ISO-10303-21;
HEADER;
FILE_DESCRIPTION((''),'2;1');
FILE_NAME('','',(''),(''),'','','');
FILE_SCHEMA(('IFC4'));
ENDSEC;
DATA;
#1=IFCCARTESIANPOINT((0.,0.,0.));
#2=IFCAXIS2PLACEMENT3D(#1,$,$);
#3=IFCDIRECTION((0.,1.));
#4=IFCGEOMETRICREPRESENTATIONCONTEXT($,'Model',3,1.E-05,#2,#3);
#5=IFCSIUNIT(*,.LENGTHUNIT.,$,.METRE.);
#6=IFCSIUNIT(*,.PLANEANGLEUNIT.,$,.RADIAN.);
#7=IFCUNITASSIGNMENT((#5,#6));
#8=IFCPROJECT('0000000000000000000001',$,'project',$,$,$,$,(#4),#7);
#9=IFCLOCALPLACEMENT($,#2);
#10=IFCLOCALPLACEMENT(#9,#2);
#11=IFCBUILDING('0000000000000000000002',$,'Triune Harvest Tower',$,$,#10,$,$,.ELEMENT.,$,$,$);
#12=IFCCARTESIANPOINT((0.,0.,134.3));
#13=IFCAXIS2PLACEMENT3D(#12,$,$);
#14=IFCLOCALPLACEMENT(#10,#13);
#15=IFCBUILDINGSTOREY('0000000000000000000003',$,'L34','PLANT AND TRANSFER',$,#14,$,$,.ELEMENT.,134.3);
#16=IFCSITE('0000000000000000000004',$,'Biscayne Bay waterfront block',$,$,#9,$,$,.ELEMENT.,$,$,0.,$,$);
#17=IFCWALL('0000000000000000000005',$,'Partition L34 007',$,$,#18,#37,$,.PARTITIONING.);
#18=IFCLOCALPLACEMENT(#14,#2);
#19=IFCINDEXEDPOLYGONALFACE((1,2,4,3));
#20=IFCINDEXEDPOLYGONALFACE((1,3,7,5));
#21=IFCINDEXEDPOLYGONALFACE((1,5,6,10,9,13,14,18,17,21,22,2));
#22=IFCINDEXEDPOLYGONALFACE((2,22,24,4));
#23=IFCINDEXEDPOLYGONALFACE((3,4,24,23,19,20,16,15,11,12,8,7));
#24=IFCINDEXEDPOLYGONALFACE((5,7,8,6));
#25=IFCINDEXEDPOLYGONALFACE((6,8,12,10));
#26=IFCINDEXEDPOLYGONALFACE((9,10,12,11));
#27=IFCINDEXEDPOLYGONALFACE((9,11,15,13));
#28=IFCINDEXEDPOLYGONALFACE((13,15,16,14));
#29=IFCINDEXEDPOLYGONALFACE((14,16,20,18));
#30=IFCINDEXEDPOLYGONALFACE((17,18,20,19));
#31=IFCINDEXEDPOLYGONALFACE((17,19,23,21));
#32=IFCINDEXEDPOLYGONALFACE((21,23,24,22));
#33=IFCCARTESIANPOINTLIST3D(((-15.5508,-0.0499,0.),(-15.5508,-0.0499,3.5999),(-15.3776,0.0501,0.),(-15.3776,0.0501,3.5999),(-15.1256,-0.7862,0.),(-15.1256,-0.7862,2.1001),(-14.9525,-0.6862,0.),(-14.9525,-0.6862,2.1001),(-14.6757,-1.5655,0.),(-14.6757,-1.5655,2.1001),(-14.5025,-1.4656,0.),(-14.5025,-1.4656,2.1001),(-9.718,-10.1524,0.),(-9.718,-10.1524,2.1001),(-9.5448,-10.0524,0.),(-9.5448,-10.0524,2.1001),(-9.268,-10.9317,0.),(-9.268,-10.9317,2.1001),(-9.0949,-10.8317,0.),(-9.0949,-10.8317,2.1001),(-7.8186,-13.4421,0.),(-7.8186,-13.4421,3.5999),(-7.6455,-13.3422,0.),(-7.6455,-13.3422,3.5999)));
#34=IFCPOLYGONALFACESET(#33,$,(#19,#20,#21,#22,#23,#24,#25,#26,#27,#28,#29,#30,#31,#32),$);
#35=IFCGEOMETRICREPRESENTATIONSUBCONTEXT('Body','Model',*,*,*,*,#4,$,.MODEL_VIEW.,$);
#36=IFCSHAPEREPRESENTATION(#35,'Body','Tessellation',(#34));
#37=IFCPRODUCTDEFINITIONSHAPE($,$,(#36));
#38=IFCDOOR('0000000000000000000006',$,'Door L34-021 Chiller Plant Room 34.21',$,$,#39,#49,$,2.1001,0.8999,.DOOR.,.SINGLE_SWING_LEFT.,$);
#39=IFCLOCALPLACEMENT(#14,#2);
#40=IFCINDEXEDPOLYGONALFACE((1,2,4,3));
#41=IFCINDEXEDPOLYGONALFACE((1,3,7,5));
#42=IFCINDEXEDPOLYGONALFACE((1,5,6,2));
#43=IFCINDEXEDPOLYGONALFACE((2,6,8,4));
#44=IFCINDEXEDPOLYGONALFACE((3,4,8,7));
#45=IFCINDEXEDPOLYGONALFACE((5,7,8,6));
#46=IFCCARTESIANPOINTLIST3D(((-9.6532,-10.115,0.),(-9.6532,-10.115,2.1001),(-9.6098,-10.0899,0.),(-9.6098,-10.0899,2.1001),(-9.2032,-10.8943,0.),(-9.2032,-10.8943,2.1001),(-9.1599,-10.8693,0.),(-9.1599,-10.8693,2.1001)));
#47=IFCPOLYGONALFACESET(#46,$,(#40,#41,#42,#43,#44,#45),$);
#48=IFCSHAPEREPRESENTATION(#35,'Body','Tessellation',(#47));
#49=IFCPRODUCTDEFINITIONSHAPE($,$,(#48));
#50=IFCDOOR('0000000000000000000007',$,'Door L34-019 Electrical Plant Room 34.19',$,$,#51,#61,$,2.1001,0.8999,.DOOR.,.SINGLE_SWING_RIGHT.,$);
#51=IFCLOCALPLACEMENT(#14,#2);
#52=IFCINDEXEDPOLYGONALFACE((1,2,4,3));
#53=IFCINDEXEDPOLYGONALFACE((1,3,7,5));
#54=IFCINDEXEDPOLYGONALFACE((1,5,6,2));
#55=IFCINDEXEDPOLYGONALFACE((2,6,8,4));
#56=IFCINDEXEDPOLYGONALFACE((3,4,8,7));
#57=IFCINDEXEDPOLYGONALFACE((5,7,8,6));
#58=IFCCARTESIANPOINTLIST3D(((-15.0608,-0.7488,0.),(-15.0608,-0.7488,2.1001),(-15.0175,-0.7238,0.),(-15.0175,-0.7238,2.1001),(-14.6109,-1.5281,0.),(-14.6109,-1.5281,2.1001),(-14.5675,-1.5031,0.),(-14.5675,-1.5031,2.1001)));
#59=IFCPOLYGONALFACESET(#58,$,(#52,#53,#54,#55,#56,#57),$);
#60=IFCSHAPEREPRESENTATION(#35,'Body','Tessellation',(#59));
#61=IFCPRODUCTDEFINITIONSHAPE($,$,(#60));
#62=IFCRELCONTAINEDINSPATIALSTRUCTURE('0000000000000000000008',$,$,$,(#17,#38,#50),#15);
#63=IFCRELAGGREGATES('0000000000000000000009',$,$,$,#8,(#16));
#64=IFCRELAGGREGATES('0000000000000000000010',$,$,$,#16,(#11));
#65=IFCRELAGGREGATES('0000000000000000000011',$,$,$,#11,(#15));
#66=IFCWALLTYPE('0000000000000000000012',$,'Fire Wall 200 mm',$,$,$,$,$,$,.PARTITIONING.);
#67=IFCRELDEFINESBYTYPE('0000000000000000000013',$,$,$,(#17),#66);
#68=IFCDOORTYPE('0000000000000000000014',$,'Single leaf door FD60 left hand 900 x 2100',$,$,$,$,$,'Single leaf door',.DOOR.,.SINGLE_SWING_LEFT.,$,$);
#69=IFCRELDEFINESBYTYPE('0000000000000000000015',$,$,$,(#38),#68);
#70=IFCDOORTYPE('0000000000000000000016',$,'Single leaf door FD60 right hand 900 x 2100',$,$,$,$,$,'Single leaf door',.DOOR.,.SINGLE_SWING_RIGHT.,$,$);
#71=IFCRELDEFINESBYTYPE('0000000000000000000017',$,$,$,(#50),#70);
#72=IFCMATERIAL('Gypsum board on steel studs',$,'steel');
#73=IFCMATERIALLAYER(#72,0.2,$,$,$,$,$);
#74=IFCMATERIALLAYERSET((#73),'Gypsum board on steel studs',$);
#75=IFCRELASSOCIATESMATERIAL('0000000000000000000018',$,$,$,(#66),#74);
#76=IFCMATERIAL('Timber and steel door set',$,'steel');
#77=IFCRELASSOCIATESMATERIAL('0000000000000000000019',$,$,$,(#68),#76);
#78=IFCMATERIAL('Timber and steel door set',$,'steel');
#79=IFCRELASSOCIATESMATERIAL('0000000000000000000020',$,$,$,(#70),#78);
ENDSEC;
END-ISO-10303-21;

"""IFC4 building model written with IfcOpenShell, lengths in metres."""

from ifc_helpers import new_model, si_unit, direction, frame, frame_2d, origin, place, context, subcontext, project, spatial, rectangle, extrude, source, transform, mapped, material, layer, layer_set, type_object, element, fill, save


model = new_model("IFC4")

# Units and contexts
model_context = context("Model", 3, precision=1e-05, world=origin(), true_north=direction((0.0, 1.0)))
body_context = subcontext(model_context, "Body", "Model", "MODEL_VIEW")
ifc_project = project(units=[si_unit("LENGTHUNIT", "METRE"), si_unit("PLANEANGLEUNIT", "RADIAN")], contexts=[model_context])

# Site, building, storey
site_placement = place(None, origin())
site = spatial("IfcSite", under=ifc_project, at=site_placement, Name="Biscayne Bay waterfront block", CompositionType="ELEMENT", RefElevation=0.0)
building_placement = place(site_placement, origin())
building = spatial("IfcBuilding", under=site, at=building_placement, Name="Triune Harvest Tower", CompositionType="ELEMENT")
storey_placement = place(building_placement, frame((0.0, 0.0, 134.3)))
storey = spatial("IfcBuildingStorey", under=building, at=storey_placement, Name="L34", Description="PLANT AND TRANSFER", CompositionType="ELEMENT", Elevation=134.3)

# Shared definitions
ifc_material_1 = material(Name="Gypsum board on steel studs", Category="steel")
ifc_layer_1 = layer(ifc_material_1, 0.2)
ifc_layer_set_1 = layer_set([ifc_layer_1], Name="Gypsum board on steel studs")
wall_type_1 = type_object("IfcWallType", Name="Fire Wall 200 mm", PredefinedType="PARTITIONING", material=ifc_layer_set_1)

# Shared definitions
ifc_material_2 = material(Name="Timber and steel door set", Category="steel")
door_type_1 = type_object("IfcDoorType", Name="Single leaf door FD60 left hand 900 x 2100", ElementType="Single leaf door", OperationType="SINGLE_SWING_LEFT", PredefinedType="DOOR", material=ifc_material_2)

# Wall, openings, doors
shared_shape_1 = source(origin(), body_context, "Body", "SweptSolid", [
    extrude(rectangle(XDim=15.4641, YDim=0.2, at=frame_2d((7.7319, 0.0))), origin(), (0.0, 0.0, 1.0), 3.5999),
])
wall_1_placement = place(storey_placement, frame((-15.4641, 0.0, 0.0), z_axis=(0.0, 0.0, 1.0), x_axis=(0.500005, -0.866022, 0.0)))
wall_1 = element("IfcWall", 1, at=wall_1_placement, inside=storey, type_object=wall_type_1, Name="Partition L34 007", PredefinedType="PARTITIONING", context=body_context, shape_type="MappedRepresentation", body=[
    mapped(shared_shape_1, transform((0.0, 0.0, 0.0), scale=1.0)),
])
opening_1_placement = place(wall_1_placement, frame((0.8501, 0.0, 0.0)))
opening_1 = element("IfcOpeningElement", 2, at=opening_1_placement, cuts=wall_1, PredefinedType="OPENING", context=body_context, shape_type="SweptSolid", body=[
    extrude(rectangle(XDim=0.8999, YDim=2.1001, at=frame_2d((0.45, 1.05))), frame((0.0, 0.1099, 0.0), z_axis=(0.0, -1.0, 0.0), x_axis=(1.0, 0.0, 0.0)), (0.0, 0.0, 1.0), 0.22),
])
opening_2_placement = place(wall_1_placement, frame((11.6653, 0.0, 0.0)))
opening_2 = element("IfcOpeningElement", 3, at=opening_2_placement, cuts=wall_1, PredefinedType="OPENING", context=body_context, shape_type="SweptSolid", body=[
    extrude(rectangle(XDim=0.8999, YDim=2.1001, at=frame_2d((0.45, 1.05))), frame((0.0, 0.1099, 0.0), z_axis=(0.0, -1.0, 0.0), x_axis=(1.0, 0.0, 0.0)), (0.0, 0.0, 1.0), 0.22),
])
door_1_placement = place(opening_2_placement, origin())
door_1 = element("IfcDoor", 4, at=door_1_placement, inside=storey, type_object=door_type_1, Name="Door L34-021 Chiller Plant Room 34.21", OperationType="SINGLE_SWING_LEFT", OverallHeight=2.1001, OverallWidth=0.8999, PredefinedType="DOOR", context=body_context, shape_type="SweptSolid", body=[
    extrude(rectangle(XDim=0.8999, YDim=2.1001, at=frame_2d((0.45, 1.05))), frame((0.0, 0.0249, 0.0), z_axis=(0.0, -1.0, 0.0), x_axis=(1.0, 0.0, 0.0)), (0.0, 0.0, 1.0), 0.05),
])
fill(opening_2, door_1)
ifc_material_3 = material(Name="Timber and steel door set", Category="steel")
door_type_2 = type_object("IfcDoorType", Name="Single leaf door FD60 right hand 900 x 2100", ElementType="Single leaf door", OperationType="SINGLE_SWING_RIGHT", PredefinedType="DOOR", material=ifc_material_3)
door_2_placement = place(opening_1_placement, origin())
door_2 = element("IfcDoor", 5, at=door_2_placement, inside=storey, type_object=door_type_2, Name="Door L34-019 Electrical Plant Room 34.19", OperationType="SINGLE_SWING_RIGHT", OverallHeight=2.1001, OverallWidth=0.8999, PredefinedType="DOOR", context=body_context, shape_type="SweptSolid", body=[
    extrude(rectangle(XDim=0.8999, YDim=2.1001, at=frame_2d((0.45, 1.05))), frame((0.0, 0.0249, 0.0), z_axis=(0.0, -1.0, 0.0), x_axis=(1.0, 0.0, 0.0)), (0.0, 0.0, 1.0), 0.05),
])
fill(opening_1, door_2)

save(model, "model.ifc")
